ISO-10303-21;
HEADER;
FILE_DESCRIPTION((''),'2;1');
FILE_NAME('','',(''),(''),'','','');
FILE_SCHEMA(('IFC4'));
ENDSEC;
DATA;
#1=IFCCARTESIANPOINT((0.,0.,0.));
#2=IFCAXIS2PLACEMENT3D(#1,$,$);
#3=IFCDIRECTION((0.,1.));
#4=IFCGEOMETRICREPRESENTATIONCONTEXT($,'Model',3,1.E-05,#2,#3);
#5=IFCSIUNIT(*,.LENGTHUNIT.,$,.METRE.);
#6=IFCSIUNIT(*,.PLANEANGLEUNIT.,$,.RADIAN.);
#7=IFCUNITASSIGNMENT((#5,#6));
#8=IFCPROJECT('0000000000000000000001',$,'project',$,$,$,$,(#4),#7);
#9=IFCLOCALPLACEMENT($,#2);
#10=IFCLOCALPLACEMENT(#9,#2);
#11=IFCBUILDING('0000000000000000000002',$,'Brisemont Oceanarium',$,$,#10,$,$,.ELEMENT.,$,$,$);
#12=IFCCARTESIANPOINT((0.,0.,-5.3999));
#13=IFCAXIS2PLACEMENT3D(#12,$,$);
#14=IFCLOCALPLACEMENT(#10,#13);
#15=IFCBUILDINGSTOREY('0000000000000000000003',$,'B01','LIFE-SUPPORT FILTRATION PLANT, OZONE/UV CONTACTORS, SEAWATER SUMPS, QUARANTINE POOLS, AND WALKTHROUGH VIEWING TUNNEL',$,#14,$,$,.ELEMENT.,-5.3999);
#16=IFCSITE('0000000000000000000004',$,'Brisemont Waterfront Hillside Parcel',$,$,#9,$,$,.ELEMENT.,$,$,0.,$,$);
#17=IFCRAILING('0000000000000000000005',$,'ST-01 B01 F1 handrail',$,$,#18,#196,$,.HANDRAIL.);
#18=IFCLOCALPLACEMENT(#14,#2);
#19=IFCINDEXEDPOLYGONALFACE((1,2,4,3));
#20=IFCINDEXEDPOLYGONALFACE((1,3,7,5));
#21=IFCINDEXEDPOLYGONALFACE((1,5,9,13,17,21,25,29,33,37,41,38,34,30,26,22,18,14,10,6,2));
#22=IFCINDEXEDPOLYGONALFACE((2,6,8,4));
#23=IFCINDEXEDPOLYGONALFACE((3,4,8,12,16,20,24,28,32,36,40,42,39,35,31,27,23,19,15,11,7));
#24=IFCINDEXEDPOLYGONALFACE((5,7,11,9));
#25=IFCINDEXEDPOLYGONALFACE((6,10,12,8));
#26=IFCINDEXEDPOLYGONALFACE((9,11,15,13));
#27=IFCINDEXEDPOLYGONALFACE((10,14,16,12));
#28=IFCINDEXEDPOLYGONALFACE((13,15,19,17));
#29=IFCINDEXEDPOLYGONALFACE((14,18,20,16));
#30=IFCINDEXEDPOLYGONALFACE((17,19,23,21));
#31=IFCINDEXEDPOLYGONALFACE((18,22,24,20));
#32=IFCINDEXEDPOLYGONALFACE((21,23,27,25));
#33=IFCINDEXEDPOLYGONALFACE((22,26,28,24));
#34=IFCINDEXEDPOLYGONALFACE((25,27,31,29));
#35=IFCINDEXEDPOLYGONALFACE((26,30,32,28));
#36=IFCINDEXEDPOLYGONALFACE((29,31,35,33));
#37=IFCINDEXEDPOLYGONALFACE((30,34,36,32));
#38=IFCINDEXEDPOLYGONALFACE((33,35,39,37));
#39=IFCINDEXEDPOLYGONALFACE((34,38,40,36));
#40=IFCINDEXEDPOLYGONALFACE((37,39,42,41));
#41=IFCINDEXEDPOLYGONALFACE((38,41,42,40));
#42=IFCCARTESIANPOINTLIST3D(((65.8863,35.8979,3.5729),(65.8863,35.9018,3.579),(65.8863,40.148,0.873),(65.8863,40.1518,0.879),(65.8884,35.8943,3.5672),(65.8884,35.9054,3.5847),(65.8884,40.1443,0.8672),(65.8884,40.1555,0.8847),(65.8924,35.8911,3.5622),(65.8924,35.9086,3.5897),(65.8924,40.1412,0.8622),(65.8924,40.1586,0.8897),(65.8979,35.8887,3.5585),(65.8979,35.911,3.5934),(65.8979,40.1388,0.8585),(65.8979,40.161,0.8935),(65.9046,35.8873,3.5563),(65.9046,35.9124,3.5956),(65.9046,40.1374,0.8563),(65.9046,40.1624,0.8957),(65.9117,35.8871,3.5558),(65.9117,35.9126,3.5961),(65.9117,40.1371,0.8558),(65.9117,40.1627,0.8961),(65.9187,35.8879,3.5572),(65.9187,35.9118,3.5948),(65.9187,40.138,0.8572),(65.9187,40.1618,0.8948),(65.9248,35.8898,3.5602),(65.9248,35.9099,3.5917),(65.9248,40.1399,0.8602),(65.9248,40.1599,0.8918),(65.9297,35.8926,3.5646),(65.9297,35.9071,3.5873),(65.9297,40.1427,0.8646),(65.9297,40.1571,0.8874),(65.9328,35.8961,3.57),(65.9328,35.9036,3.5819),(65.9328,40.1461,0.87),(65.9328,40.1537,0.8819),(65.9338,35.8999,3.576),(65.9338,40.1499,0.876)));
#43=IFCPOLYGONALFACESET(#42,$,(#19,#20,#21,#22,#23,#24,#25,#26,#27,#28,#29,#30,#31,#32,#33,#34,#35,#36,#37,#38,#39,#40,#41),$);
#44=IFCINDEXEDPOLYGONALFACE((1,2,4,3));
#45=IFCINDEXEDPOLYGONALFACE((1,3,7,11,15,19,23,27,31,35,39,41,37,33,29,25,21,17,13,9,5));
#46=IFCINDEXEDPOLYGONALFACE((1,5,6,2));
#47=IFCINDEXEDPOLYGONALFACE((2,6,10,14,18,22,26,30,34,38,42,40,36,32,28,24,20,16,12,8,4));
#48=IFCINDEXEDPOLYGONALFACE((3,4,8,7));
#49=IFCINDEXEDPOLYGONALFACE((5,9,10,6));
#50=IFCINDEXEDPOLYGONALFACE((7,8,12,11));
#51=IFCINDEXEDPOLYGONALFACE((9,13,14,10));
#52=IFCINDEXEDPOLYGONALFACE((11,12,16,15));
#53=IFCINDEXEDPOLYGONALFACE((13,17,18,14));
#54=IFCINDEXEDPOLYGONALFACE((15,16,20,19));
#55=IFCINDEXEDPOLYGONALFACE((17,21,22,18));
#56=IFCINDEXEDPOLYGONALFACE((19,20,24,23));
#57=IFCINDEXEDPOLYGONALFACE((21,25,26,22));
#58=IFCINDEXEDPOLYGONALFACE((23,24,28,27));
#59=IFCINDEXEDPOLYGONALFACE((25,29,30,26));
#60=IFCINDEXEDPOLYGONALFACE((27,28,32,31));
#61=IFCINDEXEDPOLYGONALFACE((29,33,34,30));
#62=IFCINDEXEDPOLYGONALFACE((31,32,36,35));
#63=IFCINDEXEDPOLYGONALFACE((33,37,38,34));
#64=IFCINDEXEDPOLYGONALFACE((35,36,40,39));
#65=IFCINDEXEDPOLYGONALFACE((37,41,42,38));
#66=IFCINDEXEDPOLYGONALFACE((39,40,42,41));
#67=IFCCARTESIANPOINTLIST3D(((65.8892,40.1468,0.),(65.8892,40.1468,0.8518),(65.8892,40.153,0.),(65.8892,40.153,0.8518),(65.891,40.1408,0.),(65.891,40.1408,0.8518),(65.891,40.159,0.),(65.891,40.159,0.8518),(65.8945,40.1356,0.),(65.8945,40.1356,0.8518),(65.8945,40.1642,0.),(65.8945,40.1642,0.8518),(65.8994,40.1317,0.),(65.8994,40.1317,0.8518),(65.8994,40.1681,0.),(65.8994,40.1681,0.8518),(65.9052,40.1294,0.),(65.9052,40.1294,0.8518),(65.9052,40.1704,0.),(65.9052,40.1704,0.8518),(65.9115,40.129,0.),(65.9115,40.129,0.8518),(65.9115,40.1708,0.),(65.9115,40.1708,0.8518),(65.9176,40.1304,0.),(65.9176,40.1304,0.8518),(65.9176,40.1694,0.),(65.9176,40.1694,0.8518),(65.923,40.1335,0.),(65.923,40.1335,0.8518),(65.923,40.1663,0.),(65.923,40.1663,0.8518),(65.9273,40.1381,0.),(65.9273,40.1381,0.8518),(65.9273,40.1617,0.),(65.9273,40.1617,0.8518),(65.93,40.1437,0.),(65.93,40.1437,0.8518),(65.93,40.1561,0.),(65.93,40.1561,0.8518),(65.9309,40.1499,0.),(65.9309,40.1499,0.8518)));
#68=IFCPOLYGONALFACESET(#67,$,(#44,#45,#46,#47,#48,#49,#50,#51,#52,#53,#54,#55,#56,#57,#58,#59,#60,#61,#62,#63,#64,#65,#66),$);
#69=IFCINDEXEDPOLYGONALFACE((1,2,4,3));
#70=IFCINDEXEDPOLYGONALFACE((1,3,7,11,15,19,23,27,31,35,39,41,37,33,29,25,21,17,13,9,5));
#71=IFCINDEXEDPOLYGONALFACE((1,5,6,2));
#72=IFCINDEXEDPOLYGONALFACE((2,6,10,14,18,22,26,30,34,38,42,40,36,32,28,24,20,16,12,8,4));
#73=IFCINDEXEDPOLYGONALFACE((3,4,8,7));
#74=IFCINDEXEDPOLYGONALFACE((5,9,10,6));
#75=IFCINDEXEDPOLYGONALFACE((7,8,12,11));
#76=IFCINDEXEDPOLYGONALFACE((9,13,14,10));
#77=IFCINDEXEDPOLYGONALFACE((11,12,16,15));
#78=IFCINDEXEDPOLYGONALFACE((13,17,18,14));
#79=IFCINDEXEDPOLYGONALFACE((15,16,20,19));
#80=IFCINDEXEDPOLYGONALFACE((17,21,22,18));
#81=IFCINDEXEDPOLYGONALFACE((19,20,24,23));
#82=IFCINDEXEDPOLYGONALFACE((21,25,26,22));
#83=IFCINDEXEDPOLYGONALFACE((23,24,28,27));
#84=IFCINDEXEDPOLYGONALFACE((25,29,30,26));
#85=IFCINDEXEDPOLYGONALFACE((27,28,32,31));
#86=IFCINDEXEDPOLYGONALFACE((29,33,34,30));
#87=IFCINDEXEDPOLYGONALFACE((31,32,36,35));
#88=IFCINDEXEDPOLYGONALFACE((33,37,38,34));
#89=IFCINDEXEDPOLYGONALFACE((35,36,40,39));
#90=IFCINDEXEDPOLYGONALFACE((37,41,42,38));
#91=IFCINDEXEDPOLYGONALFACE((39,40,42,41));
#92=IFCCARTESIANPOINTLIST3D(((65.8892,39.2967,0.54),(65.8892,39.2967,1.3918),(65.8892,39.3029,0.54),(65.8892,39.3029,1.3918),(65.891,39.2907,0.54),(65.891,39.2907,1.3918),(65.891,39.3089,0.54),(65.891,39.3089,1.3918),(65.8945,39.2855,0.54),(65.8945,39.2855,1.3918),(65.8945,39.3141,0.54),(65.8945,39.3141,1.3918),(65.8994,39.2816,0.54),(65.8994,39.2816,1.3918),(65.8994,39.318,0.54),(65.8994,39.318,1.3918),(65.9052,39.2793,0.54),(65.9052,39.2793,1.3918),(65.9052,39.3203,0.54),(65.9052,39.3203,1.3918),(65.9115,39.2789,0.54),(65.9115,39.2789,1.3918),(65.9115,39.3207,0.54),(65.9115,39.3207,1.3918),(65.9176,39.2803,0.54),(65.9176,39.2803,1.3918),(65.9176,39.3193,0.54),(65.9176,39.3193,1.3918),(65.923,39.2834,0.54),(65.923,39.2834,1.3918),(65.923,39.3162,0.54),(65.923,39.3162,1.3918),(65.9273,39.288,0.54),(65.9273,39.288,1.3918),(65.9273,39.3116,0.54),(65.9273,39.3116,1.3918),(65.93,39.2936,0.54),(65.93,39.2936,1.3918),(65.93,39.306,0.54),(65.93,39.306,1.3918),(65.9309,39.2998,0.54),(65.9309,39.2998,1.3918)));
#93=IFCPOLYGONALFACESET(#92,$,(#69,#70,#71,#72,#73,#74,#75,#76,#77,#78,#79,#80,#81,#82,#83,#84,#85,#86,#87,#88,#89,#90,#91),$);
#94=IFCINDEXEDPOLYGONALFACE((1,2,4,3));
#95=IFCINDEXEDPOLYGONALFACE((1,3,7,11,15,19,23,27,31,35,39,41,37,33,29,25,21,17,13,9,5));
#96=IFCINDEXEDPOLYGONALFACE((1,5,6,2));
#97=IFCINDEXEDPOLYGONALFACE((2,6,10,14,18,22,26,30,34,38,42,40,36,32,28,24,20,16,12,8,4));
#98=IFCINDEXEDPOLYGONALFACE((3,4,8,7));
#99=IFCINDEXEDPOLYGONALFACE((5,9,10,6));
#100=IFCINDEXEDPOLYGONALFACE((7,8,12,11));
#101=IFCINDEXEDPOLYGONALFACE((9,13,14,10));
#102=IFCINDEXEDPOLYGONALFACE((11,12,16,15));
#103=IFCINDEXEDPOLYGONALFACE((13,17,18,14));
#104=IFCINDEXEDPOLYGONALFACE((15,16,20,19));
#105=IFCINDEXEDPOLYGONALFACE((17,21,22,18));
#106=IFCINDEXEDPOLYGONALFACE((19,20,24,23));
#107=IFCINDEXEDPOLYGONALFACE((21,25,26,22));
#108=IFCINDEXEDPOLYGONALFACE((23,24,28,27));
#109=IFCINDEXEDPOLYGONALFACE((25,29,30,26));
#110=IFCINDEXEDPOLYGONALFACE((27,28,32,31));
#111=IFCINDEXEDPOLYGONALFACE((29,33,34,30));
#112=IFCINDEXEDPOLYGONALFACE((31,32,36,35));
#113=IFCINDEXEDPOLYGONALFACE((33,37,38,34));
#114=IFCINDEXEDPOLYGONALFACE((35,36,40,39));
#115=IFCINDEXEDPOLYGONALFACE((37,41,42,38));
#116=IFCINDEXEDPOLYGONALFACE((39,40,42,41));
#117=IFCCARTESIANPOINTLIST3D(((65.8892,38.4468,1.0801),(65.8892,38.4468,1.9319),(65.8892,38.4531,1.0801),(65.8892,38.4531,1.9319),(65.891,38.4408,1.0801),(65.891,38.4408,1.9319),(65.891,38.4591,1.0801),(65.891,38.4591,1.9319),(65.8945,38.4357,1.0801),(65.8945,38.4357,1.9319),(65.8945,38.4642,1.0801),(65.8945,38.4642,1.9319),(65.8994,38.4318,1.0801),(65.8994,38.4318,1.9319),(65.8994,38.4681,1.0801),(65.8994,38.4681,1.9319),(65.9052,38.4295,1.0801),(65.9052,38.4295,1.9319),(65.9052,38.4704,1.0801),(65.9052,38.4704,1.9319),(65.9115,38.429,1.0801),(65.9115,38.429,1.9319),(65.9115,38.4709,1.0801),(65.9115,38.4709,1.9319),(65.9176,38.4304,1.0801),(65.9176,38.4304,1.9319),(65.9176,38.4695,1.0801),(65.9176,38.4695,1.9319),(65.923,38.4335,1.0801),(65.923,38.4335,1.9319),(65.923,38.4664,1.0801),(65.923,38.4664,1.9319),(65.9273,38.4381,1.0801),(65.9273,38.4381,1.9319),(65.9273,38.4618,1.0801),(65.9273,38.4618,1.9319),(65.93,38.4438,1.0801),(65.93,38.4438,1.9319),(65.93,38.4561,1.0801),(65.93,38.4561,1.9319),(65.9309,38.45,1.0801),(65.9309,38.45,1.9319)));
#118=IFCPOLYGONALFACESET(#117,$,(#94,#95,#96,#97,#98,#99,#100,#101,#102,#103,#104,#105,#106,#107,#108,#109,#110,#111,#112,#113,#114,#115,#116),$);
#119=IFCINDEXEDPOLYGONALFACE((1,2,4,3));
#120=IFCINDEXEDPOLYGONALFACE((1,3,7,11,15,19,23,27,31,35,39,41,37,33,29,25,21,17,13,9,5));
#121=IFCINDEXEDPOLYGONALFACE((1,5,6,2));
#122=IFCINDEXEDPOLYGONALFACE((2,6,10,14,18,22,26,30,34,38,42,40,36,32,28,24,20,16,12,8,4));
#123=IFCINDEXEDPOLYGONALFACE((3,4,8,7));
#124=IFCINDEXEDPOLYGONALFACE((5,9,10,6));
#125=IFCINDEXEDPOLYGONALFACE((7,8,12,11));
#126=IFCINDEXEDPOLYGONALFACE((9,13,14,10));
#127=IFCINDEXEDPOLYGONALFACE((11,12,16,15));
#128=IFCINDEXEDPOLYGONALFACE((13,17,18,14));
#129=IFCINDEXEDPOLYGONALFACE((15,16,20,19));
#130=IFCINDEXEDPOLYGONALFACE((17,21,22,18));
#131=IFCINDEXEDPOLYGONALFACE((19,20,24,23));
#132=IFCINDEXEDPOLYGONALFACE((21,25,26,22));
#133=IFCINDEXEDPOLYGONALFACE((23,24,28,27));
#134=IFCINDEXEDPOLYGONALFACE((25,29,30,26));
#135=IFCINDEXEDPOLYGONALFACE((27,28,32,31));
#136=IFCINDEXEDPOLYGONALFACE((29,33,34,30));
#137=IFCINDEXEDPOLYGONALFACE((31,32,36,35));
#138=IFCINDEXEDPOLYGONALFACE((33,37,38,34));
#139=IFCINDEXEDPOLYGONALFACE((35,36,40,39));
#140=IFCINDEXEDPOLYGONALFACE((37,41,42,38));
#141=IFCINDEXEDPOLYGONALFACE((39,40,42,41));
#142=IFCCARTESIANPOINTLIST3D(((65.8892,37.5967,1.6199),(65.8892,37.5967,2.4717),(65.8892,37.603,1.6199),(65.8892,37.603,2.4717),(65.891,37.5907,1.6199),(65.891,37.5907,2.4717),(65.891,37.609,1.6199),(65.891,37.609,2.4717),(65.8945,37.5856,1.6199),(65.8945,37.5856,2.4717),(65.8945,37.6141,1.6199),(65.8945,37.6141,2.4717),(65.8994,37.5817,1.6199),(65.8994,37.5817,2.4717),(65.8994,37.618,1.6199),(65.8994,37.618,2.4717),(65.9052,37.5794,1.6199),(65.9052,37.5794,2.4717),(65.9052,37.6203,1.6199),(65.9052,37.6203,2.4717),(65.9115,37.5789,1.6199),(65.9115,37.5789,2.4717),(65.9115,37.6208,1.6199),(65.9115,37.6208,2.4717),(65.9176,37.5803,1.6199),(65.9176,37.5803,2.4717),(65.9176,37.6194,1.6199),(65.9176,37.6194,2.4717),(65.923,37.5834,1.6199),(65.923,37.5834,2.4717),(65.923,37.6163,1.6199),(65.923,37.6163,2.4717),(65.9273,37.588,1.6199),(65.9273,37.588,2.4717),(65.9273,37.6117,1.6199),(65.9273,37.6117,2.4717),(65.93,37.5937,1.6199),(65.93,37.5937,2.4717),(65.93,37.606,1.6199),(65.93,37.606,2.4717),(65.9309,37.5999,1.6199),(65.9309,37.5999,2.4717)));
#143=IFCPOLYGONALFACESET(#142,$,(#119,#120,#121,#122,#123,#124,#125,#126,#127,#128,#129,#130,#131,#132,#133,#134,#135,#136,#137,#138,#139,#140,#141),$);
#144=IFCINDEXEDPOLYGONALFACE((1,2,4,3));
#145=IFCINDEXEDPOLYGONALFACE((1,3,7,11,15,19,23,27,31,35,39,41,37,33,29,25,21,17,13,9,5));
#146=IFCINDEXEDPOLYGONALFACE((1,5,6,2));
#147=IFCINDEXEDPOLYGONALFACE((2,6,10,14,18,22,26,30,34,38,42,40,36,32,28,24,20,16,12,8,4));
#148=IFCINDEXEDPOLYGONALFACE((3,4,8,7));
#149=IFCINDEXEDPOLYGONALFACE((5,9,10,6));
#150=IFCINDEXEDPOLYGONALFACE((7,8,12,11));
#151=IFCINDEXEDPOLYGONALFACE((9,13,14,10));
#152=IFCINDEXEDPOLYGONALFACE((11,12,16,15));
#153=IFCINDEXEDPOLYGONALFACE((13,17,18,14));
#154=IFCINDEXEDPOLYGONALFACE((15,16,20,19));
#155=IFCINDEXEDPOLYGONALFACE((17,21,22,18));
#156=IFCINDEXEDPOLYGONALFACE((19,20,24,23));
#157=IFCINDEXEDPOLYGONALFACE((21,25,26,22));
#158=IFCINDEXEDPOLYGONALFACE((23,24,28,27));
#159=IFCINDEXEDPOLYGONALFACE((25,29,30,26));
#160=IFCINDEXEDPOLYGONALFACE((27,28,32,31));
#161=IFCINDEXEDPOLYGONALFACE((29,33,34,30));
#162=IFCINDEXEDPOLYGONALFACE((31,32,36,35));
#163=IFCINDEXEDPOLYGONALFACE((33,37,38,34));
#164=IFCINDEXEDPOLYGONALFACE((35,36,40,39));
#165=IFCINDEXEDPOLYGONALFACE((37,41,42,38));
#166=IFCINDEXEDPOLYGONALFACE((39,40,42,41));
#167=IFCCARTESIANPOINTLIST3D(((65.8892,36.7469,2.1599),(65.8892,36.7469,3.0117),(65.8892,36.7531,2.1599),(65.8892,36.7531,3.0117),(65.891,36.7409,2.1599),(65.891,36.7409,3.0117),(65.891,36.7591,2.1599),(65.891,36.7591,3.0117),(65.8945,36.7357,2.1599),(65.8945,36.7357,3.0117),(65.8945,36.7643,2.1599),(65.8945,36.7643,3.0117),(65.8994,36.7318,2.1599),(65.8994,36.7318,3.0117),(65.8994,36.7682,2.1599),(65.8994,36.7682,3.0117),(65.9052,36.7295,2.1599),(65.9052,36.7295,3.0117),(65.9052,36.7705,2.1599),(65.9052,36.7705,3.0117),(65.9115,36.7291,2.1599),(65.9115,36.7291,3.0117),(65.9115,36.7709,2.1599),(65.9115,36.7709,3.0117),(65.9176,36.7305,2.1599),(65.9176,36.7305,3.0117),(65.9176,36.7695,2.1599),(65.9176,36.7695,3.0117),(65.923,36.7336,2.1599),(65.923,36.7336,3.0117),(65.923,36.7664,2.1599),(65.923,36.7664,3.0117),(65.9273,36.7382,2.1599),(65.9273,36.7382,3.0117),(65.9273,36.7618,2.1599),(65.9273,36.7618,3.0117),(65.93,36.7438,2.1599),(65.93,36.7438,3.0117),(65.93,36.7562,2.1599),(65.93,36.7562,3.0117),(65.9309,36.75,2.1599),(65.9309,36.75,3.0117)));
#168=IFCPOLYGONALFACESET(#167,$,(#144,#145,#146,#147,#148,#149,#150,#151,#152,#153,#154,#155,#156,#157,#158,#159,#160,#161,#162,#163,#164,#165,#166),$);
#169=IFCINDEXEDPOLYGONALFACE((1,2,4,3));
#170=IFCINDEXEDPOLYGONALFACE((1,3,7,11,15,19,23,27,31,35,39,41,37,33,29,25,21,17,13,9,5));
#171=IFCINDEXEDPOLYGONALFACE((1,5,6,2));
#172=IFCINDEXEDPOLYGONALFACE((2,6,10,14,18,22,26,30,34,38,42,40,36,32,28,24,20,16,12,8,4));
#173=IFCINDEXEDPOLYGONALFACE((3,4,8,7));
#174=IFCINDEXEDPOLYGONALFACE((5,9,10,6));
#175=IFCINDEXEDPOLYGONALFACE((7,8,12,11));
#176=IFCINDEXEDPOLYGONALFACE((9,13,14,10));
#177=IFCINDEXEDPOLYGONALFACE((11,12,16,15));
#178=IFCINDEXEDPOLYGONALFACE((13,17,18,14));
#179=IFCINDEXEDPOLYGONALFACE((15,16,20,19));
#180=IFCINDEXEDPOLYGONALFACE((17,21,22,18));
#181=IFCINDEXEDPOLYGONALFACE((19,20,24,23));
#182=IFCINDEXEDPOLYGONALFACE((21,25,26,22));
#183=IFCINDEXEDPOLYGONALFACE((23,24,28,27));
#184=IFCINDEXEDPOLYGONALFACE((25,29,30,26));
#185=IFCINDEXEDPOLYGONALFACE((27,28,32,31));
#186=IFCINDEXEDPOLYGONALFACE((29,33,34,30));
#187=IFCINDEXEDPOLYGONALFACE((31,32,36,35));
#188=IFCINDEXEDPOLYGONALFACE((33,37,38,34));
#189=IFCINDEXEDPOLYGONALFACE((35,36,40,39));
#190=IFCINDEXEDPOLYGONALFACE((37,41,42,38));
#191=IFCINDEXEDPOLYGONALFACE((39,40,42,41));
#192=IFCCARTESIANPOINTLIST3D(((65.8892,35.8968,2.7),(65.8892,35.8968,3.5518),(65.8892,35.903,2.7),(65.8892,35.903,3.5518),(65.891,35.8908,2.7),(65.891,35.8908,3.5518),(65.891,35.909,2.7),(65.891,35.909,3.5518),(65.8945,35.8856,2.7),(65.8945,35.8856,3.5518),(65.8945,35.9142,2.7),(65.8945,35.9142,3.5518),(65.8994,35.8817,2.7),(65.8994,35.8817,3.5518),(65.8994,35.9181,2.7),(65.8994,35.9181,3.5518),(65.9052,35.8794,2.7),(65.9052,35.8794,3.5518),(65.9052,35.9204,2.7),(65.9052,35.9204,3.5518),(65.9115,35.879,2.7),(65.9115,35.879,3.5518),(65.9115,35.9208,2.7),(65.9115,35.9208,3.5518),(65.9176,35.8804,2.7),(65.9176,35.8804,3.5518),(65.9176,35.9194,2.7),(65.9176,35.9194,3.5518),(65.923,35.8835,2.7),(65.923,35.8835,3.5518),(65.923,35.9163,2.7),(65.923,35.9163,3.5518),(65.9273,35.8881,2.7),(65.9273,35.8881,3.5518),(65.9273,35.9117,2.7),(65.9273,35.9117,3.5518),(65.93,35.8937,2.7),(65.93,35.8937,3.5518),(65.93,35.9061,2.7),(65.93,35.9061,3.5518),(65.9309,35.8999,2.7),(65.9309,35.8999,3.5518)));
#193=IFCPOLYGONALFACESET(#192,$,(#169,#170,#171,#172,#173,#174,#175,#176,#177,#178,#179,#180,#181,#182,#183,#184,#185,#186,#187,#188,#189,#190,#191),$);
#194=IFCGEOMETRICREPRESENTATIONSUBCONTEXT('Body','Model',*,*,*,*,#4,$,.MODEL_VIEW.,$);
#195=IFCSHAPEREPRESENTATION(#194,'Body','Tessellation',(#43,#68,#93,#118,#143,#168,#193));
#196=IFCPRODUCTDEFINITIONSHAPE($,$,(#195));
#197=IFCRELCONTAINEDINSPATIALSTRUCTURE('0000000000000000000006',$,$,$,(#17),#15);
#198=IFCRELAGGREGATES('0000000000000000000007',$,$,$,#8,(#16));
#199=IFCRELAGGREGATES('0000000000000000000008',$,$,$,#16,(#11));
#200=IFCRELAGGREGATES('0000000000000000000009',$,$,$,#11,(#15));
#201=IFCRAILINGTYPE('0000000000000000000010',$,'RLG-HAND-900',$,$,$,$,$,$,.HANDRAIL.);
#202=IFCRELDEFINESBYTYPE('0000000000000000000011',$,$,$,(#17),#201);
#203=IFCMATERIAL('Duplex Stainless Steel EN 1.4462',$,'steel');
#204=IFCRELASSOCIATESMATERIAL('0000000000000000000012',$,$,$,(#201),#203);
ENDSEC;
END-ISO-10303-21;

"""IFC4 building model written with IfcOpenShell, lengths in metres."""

from ifc_helpers import new_model, si_unit, direction, frame, origin, origin_2d, place, context, subcontext, project, spatial, circle, extrude, material, type_object, element, save


model = new_model("IFC4")

# Units and contexts
model_context = context("Model", 3, precision=1e-05, world=origin(), true_north=direction((0.0, 1.0)))
body_context = subcontext(model_context, "Body", "Model", "MODEL_VIEW")
ifc_project = project(units=[si_unit("LENGTHUNIT", "METRE"), si_unit("PLANEANGLEUNIT", "RADIAN")], contexts=[model_context])

# Site, building, storey
site_placement = place(None, origin())
site = spatial("IfcSite", under=ifc_project, at=site_placement, Name="Brisemont Waterfront Hillside Parcel", CompositionType="ELEMENT", RefElevation=0.0)
building_placement = place(site_placement, origin())
building = spatial("IfcBuilding", under=site, at=building_placement, Name="Brisemont Oceanarium", CompositionType="ELEMENT")
storey_placement = place(building_placement, frame((0.0, 0.0, -5.3999)))
storey = spatial("IfcBuildingStorey", under=building, at=storey_placement, Name="B01", Description="LIFE-SUPPORT FILTRATION PLANT, OZONE/UV CONTACTORS, SEAWATER SUMPS, QUARANTINE POOLS, AND WALKTHROUGH VIEWING TUNNEL", CompositionType="ELEMENT", Elevation=-5.3999)

# Railing
ifc_material_1 = material(Name="Duplex Stainless Steel EN 1.4462", Category="steel")
railing_type_1 = type_object("IfcRailingType", Name="RLG-HAND-900", PredefinedType="HANDRAIL", material=ifc_material_1)
railing_1_placement = place(storey_placement, frame((65.9099, 40.1499, 0.0)))
element("IfcRailing", 1, at=railing_1_placement, inside=storey, type_object=railing_type_1, Name="ST-01 B01 F1 handrail", PredefinedType="HANDRAIL", context=body_context, shape_type="SweptSolid", body=[
    extrude(circle(Radius=0.0239, at=origin_2d()), frame((0.0, 0.0, 0.876), z_axis=(0.0, -0.844075, 0.536226), x_axis=(1.0, 0.0, 0.0)), (0.0, 0.0, 1.0), 5.0352),
    extrude(circle(Radius=0.021, at=origin_2d()), origin(), (0.0, 0.0, 1.0), 0.8518),
    extrude(circle(Radius=0.021, at=origin_2d()), frame((0.0, -0.8501, 0.54)), (0.0, 0.0, 1.0), 0.8518),
    extrude(circle(Radius=0.021, at=origin_2d()), frame((0.0, -1.7, 1.0801)), (0.0, 0.0, 1.0), 0.8518),
    extrude(circle(Radius=0.021, at=origin_2d()), frame((0.0, -2.55, 1.6199)), (0.0, 0.0, 1.0), 0.8518),
    extrude(circle(Radius=0.021, at=origin_2d()), frame((0.0, -3.3999, 2.1599)), (0.0, 0.0, 1.0), 0.8518),
    extrude(circle(Radius=0.021, at=origin_2d()), frame((0.0, -4.25, 2.7)), (0.0, 0.0, 1.0), 0.8518),
])

save(model, "model.ifc")
